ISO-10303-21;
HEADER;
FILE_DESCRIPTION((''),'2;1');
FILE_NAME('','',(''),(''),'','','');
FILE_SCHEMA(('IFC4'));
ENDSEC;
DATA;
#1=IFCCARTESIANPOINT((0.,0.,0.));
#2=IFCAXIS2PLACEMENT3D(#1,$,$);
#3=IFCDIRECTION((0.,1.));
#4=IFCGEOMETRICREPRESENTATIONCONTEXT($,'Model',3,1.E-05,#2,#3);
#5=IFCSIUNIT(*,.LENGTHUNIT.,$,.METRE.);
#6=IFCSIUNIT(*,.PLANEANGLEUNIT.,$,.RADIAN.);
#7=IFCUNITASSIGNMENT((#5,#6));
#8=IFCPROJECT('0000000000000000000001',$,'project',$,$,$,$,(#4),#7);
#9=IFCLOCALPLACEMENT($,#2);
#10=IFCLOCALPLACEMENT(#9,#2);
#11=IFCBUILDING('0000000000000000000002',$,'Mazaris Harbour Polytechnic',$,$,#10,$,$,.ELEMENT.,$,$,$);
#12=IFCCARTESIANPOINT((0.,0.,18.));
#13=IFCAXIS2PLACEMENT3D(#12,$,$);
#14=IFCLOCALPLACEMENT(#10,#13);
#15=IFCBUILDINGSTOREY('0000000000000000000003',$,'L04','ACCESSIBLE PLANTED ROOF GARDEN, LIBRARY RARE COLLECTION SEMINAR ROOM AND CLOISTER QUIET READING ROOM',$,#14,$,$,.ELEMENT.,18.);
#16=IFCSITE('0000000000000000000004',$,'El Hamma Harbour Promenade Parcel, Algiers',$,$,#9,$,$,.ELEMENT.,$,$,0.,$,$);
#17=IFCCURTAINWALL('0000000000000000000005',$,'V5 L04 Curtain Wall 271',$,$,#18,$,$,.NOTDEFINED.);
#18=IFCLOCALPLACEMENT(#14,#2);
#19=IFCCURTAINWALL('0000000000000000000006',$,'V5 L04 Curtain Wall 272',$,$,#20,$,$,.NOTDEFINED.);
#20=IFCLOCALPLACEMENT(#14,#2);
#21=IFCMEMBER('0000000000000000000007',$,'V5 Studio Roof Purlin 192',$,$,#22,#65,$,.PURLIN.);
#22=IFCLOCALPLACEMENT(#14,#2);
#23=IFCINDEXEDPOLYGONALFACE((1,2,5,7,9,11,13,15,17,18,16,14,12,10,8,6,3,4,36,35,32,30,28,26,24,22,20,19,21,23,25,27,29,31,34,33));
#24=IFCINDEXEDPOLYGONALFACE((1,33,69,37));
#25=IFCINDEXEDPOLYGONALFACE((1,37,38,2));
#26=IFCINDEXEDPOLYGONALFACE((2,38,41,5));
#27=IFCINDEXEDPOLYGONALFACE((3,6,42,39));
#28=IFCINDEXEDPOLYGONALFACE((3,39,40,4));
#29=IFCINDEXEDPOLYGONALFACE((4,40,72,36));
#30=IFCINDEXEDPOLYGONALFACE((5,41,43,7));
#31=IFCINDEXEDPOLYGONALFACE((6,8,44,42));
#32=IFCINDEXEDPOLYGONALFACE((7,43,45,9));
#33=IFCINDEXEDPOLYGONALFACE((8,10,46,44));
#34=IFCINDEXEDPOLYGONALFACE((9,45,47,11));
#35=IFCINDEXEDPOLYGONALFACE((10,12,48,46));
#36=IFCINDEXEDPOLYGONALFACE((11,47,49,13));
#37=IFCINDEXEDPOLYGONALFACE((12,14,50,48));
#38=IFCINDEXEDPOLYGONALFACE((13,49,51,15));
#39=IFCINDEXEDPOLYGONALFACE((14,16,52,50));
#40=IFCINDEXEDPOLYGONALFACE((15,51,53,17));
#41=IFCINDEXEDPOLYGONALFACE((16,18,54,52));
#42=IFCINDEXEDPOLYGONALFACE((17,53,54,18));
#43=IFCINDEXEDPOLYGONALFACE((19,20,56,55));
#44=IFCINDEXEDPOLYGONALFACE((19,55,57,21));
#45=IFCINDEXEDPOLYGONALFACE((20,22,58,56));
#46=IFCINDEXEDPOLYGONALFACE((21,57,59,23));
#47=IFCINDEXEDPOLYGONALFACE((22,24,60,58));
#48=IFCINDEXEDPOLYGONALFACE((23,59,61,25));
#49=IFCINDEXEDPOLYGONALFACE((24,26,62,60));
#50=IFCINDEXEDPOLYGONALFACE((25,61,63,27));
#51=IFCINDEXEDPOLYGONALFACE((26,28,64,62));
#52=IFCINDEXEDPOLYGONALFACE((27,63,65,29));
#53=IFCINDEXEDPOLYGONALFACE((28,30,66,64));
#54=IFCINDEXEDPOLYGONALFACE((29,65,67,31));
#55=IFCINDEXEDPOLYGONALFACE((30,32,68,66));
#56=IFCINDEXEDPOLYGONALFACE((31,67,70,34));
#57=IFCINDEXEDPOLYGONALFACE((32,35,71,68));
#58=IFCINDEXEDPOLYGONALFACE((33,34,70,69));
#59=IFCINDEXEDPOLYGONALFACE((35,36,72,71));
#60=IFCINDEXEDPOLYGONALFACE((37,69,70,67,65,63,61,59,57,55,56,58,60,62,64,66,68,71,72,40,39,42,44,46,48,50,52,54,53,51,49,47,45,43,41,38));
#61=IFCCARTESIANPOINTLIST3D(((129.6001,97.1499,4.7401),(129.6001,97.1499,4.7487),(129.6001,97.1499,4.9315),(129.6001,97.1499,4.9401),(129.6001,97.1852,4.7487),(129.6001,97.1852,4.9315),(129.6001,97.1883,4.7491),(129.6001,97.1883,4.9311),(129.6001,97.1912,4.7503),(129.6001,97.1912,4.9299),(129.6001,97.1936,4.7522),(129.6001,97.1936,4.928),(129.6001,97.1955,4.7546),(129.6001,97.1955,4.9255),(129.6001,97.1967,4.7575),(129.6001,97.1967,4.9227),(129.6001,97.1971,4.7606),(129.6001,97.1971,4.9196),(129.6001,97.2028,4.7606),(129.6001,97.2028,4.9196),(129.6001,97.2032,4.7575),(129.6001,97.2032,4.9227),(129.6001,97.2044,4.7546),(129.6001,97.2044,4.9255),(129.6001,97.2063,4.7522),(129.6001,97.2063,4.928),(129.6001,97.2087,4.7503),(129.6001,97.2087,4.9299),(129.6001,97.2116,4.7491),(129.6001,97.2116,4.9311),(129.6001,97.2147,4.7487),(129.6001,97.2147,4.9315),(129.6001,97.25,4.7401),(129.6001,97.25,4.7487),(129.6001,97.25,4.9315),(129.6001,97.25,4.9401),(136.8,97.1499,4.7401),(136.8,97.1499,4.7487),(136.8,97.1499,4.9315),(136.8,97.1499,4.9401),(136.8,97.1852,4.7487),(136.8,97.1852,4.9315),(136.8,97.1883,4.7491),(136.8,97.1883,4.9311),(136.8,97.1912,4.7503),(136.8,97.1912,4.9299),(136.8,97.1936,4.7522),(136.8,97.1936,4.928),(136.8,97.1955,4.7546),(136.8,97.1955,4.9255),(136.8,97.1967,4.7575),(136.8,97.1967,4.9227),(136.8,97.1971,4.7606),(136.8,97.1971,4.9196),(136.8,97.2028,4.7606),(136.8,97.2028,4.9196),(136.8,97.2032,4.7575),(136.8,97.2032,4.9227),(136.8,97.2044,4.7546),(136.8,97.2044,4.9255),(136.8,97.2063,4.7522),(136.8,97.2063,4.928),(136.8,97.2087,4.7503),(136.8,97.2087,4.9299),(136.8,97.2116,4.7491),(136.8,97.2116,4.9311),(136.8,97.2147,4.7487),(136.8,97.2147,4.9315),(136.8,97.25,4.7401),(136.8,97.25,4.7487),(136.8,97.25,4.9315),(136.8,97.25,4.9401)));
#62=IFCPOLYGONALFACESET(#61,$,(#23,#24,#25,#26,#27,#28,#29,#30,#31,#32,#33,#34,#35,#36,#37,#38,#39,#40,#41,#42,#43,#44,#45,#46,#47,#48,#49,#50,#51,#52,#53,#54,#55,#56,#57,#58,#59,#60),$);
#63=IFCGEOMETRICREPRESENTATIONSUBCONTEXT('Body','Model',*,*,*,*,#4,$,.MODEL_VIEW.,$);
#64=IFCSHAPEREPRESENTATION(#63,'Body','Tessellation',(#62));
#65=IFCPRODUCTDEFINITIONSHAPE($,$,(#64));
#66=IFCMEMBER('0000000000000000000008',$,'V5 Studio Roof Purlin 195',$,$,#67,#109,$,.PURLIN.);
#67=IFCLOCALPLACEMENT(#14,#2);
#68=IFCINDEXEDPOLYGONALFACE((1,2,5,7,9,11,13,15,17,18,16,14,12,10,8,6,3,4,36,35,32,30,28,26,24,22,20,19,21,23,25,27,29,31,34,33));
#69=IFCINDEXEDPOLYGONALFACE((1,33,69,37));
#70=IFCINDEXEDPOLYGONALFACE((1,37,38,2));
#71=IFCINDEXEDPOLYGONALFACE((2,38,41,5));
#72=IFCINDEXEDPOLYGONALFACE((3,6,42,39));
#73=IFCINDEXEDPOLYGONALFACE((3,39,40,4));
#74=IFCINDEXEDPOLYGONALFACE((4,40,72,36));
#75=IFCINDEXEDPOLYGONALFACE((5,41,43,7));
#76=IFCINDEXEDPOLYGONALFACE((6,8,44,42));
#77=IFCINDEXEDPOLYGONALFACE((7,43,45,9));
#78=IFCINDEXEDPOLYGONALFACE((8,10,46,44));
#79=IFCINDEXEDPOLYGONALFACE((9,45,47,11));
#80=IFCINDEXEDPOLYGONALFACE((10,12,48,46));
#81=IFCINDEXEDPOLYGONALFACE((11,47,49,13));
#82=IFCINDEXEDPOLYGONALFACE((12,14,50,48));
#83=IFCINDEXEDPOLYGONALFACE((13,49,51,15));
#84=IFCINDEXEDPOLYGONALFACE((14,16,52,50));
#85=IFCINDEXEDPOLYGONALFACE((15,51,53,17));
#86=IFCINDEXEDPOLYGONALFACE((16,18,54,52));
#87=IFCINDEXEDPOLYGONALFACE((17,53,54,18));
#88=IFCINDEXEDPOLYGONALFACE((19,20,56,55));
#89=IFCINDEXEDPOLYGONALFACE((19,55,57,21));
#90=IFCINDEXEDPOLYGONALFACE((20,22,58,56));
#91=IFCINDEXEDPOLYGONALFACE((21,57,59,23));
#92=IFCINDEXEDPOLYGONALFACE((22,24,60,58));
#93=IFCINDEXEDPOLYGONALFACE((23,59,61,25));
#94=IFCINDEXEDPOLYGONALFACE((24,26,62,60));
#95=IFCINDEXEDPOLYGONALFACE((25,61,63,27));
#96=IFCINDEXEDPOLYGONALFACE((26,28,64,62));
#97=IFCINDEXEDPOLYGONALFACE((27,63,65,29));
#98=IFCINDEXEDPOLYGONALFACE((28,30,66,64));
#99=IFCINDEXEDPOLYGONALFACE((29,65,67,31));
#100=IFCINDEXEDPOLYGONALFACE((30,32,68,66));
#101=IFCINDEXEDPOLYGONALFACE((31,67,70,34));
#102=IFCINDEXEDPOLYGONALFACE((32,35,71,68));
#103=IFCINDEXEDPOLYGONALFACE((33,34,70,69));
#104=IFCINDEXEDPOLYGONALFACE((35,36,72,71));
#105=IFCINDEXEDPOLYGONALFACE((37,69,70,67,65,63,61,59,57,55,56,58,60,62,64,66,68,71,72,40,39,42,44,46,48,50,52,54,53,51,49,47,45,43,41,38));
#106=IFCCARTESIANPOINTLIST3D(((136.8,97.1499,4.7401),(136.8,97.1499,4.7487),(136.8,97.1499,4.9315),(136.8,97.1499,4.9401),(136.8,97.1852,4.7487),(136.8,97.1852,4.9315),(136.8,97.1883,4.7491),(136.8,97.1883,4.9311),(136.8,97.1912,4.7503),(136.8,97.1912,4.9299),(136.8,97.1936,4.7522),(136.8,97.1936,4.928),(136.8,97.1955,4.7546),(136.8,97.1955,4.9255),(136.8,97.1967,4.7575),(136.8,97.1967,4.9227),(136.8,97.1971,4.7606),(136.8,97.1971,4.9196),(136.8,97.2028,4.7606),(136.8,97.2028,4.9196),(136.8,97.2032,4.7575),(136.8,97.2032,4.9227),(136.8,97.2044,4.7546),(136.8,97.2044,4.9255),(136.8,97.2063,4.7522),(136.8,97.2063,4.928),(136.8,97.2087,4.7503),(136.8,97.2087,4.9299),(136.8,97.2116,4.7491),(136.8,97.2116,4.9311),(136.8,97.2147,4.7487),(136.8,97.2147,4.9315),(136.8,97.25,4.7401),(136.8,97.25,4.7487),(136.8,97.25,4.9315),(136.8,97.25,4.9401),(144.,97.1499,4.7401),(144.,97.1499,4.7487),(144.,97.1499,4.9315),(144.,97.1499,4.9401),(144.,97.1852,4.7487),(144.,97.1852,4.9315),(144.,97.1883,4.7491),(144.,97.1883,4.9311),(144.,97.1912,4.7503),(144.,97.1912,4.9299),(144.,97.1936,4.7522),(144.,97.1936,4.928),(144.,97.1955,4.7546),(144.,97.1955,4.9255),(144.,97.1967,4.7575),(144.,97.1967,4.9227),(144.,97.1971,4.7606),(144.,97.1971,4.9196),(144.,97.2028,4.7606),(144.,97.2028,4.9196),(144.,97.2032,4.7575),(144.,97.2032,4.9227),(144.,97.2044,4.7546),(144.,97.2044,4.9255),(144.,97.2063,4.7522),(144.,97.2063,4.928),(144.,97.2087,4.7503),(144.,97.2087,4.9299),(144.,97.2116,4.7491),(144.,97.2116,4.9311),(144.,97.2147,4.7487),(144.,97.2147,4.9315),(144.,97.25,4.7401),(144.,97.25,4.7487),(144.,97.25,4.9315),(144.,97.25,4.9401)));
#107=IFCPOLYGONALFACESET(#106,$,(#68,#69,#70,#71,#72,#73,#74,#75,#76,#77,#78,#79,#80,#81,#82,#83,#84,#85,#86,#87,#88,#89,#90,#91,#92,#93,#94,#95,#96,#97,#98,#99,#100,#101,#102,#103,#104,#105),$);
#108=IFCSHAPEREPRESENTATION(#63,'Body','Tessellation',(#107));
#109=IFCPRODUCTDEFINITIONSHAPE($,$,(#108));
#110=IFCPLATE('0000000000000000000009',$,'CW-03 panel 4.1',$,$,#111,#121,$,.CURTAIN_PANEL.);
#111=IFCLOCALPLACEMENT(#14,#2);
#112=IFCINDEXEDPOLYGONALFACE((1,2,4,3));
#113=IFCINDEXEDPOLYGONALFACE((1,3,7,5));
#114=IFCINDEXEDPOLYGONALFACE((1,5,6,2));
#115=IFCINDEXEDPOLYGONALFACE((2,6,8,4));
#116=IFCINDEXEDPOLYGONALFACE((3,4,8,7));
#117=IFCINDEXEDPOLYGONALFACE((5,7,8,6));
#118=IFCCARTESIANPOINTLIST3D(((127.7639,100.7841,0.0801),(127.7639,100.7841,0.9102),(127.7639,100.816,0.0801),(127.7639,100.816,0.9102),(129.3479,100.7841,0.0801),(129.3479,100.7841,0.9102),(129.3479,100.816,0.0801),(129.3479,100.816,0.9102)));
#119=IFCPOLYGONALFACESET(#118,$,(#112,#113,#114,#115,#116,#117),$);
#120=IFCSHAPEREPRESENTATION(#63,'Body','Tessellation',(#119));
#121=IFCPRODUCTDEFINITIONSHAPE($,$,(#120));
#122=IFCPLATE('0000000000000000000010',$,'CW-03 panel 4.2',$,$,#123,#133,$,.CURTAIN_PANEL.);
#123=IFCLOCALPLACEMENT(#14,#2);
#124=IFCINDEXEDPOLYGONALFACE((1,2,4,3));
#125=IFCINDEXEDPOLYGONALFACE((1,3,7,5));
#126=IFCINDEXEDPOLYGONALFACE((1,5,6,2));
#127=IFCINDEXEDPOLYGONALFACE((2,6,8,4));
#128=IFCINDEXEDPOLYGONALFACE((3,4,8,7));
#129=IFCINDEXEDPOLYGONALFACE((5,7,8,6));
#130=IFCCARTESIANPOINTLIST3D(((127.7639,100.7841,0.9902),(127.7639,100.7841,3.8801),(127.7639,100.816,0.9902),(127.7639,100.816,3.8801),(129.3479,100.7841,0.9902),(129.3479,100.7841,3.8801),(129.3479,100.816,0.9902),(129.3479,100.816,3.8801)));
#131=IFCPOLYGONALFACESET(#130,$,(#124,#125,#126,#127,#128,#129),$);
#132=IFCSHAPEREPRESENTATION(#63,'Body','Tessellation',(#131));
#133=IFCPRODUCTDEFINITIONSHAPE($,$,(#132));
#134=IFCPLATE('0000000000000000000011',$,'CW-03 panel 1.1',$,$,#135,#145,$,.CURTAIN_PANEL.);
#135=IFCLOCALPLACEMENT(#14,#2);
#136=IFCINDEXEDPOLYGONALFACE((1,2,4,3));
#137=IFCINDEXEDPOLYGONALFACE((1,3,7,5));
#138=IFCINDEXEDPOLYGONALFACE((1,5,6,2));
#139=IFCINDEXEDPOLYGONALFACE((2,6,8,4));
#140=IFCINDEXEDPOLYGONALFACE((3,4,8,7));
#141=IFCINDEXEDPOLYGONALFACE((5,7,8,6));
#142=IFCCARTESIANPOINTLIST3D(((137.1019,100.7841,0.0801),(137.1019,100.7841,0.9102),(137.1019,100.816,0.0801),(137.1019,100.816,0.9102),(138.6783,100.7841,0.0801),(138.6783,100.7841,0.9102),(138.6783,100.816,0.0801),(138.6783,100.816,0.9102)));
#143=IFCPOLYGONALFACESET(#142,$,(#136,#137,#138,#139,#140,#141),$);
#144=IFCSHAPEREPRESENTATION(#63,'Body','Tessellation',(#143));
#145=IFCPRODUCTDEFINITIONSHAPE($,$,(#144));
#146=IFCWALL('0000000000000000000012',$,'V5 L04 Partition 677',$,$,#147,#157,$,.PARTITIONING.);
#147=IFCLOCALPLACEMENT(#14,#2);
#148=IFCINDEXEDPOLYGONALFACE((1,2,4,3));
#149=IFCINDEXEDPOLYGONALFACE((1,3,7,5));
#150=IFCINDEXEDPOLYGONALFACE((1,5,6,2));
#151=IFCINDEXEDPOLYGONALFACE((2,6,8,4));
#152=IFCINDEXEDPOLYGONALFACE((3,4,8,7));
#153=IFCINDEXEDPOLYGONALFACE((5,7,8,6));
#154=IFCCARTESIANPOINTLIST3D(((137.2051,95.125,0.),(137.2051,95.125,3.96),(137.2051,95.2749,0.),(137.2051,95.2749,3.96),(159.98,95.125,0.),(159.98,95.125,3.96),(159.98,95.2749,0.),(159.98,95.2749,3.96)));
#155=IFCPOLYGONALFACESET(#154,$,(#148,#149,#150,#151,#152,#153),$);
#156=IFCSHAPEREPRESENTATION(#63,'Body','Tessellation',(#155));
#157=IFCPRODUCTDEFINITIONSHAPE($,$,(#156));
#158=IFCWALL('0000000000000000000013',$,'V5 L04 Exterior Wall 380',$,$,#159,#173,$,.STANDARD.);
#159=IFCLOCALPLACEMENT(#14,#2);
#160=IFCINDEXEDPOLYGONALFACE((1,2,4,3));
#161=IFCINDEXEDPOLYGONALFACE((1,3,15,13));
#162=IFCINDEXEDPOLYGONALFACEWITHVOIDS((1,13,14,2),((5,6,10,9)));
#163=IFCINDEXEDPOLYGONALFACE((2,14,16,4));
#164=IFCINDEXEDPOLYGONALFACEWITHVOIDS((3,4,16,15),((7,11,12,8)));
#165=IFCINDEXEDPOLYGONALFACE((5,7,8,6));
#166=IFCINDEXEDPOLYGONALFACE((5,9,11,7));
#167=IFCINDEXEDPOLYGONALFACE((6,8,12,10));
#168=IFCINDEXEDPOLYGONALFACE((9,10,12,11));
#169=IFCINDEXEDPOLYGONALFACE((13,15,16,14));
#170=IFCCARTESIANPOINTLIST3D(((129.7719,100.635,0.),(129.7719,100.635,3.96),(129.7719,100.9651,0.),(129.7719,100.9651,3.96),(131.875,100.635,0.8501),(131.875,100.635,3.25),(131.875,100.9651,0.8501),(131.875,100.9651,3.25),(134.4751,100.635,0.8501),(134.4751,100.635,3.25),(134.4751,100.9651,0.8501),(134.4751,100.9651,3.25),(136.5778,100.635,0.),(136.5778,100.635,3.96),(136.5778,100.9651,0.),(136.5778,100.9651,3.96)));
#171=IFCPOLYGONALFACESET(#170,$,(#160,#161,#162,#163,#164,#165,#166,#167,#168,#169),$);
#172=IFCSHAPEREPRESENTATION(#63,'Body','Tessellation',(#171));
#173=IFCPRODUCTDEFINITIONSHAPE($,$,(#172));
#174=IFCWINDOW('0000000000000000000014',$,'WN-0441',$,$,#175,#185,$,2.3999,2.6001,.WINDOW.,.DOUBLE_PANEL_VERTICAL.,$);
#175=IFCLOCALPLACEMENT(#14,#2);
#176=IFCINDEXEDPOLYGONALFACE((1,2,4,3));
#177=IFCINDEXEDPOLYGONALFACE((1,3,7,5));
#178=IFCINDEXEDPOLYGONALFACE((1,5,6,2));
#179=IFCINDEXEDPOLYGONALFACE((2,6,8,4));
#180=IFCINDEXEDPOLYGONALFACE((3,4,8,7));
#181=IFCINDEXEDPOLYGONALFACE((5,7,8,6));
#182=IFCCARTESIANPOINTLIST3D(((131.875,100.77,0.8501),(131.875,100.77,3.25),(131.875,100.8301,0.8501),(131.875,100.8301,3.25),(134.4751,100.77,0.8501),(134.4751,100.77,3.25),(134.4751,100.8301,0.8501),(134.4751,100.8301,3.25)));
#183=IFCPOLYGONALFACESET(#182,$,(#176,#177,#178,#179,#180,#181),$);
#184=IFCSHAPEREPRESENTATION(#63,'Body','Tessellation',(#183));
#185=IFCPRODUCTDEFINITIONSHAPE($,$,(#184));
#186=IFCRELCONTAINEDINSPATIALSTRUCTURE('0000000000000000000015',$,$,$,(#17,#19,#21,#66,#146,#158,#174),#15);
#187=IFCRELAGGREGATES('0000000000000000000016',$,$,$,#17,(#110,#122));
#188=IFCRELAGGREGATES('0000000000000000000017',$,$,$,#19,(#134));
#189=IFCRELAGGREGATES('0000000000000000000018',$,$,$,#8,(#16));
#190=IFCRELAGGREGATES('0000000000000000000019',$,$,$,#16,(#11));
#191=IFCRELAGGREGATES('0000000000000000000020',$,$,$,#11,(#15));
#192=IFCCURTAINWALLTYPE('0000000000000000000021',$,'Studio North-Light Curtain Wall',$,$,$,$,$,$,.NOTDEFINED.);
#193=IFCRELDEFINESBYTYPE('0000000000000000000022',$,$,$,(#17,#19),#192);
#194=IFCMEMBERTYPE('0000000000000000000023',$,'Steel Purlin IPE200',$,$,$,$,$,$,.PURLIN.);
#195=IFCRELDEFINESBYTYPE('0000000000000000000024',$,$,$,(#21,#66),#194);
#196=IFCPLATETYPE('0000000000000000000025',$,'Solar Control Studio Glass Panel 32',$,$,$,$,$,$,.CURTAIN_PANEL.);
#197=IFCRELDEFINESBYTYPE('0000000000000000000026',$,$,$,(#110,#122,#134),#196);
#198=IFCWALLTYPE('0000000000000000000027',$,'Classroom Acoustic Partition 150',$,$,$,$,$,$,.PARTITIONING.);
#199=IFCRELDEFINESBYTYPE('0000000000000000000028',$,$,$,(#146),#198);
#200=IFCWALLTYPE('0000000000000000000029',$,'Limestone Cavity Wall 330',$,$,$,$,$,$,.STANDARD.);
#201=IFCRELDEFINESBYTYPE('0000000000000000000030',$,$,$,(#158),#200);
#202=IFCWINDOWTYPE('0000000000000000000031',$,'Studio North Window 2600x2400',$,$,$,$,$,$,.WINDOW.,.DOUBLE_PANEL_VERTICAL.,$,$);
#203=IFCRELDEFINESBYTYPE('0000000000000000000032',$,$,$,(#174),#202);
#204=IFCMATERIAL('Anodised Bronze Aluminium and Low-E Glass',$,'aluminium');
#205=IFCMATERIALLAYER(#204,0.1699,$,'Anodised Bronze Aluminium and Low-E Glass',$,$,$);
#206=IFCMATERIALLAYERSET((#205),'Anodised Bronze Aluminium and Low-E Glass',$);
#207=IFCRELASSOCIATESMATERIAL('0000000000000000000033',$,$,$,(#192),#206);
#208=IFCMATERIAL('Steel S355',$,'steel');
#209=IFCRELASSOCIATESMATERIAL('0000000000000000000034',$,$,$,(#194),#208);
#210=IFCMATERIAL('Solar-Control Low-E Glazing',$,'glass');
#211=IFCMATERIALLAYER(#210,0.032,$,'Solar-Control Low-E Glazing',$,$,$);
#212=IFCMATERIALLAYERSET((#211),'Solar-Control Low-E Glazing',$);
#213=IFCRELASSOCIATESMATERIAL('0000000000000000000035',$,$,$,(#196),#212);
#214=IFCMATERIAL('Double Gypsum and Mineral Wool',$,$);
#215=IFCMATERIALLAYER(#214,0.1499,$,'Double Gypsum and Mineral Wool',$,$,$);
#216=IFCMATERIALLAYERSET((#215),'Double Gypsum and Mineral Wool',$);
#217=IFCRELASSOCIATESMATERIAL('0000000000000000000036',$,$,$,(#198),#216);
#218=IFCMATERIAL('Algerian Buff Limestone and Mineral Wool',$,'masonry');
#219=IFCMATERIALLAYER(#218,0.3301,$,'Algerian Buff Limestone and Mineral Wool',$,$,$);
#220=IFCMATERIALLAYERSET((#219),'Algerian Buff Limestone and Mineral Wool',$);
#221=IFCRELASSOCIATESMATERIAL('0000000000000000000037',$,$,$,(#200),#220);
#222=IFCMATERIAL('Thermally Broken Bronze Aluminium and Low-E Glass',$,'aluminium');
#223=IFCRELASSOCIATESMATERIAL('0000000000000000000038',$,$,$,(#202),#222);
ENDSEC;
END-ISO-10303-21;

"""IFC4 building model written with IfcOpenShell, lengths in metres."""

from ifc_helpers import new_model, si_unit, direction, frame, frame_2d, origin, origin_2d, place, context, subcontext, project, spatial, rectangle, i_section, extrude, material, layer, layer_set, material_profile, profile_set, type_object, element, fill, aggregate, save


model = new_model("IFC4")

# Units and contexts
model_context = context("Model", 3, precision=1e-05, world=origin(), true_north=direction((0.0, 1.0)))
body_context = subcontext(model_context, "Body", "Model", "MODEL_VIEW")
ifc_project = project(units=[si_unit("LENGTHUNIT", "METRE"), si_unit("PLANEANGLEUNIT", "RADIAN")], contexts=[model_context])

# Site, building, storey
site_placement = place(None, origin())
site = spatial("IfcSite", under=ifc_project, at=site_placement, Name="El Hamma Harbour Promenade Parcel, Algiers", CompositionType="ELEMENT", RefElevation=0.0)
building_placement = place(site_placement, origin())
building = spatial("IfcBuilding", under=site, at=building_placement, Name="Mazaris Harbour Polytechnic", CompositionType="ELEMENT")
storey_placement = place(building_placement, frame((0.0, 0.0, 18.0)))
storey = spatial("IfcBuildingStorey", under=building, at=storey_placement, Name="L04", Description="ACCESSIBLE PLANTED ROOF GARDEN, LIBRARY RARE COLLECTION SEMINAR ROOM AND CLOISTER QUIET READING ROOM", CompositionType="ELEMENT", Elevation=18.0)

# Curtain walls
ifc_material_1 = material(Name="Anodised Bronze Aluminium and Low-E Glass", Category="aluminium")
ifc_layer_1 = layer(ifc_material_1, 0.1699, Name="Anodised Bronze Aluminium and Low-E Glass")
ifc_layer_set_1 = layer_set([ifc_layer_1], Name="Anodised Bronze Aluminium and Low-E Glass")
curtain_wall_type = type_object("IfcCurtainWallType", Name="Studio North-Light Curtain Wall", PredefinedType="NOTDEFINED", material=ifc_layer_set_1)
curtain_wall_1_placement = place(storey_placement, origin())
curtain_wall_1 = element("IfcCurtainWall", 1, at=curtain_wall_1_placement, inside=storey, type_object=curtain_wall_type, Name="V5 L04 Curtain Wall 271", PredefinedType="NOTDEFINED")
curtain_wall_2_placement = place(storey_placement, origin())
curtain_wall_2 = element("IfcCurtainWall", 2, at=curtain_wall_2_placement, inside=storey, type_object=curtain_wall_type, Name="V5 L04 Curtain Wall 272", PredefinedType="NOTDEFINED")

# Members
ifc_material_2 = material(Name="Steel S355", Category="steel")
ifc_material_profile_1 = material_profile(ifc_material_2, i_section(OverallWidth=0.1001, OverallDepth=0.2, WebThickness=0.0056, FlangeThickness=0.0085, FilletRadius=0.012, at=origin_2d()), Name="IPE 200")
ifc_profile_set_1 = profile_set([ifc_material_profile_1], Name="Steel S355")
member_type_1 = type_object("IfcMemberType", Name="Steel Purlin IPE200", PredefinedType="PURLIN", material=ifc_profile_set_1)
for number, where, z_axis, x_axis, name in (
    (3, (129.6001, 97.2, 4.8401), (1.0, 0.0, 0.0), (0.0, 1.0, 0.0), "V5 Studio Roof Purlin 192"),
    (4, (136.8, 97.2, 4.8401), (1.0, 0.0, 0.0), (0.0, 1.0, 0.0), "V5 Studio Roof Purlin 195"),
):
    element("IfcMember", number, at=place(storey_placement, frame(where, z_axis=z_axis, x_axis=x_axis)), inside=storey, type_object=member_type_1, Name=name, PredefinedType="PURLIN", context=body_context, shape_type="SweptSolid", body=[
        extrude(i_section(OverallWidth=0.1001, OverallDepth=0.2, WebThickness=0.0056, FlangeThickness=0.0085, FilletRadius=0.012, at=origin_2d()), origin(), (0.0, 0.0, 1.0), 7.2),
    ])

# Plates
ifc_material_3 = material(Name="Solar-Control Low-E Glazing", Category="glass")
ifc_layer_2 = layer(ifc_material_3, 0.032, Name="Solar-Control Low-E Glazing")
ifc_layer_set_2 = layer_set([ifc_layer_2], Name="Solar-Control Low-E Glazing")
plate_type = type_object("IfcPlateType", Name="Solar Control Studio Glass Panel 32", PredefinedType="CURTAIN_PANEL", material=ifc_layer_set_2)
plate_1_placement = place(storey_placement, frame((128.5559, 100.8, 0.0801), z_axis=(0.0, 0.0, 1.0), x_axis=(1.0, 0.0, 0.0)))
plate_1 = element("IfcPlate", 5, at=plate_1_placement, type_object=plate_type, Name="CW-03 panel 4.1", PredefinedType="CURTAIN_PANEL", context=body_context, shape_type="SweptSolid", body=[
    extrude(rectangle(XDim=1.584, YDim=0.032, at=origin_2d()), origin(), (0.0, 0.0, 1.0), 0.8301),
])
plate_2_placement = place(storey_placement, frame((128.5559, 100.8, 0.9902), z_axis=(0.0, 0.0, 1.0), x_axis=(1.0, 0.0, 0.0)))
plate_2 = element("IfcPlate", 6, at=plate_2_placement, type_object=plate_type, Name="CW-03 panel 4.2", PredefinedType="CURTAIN_PANEL", context=body_context, shape_type="SweptSolid", body=[
    extrude(rectangle(XDim=1.584, YDim=0.032, at=origin_2d()), origin(), (0.0, 0.0, 1.0), 2.8899),
])
aggregate(curtain_wall_1, [plate_1, plate_2])
plate_3_placement = place(storey_placement, frame((137.8901, 100.8, 0.0801), z_axis=(0.0, 0.0, 1.0), x_axis=(1.0, 0.0, 0.0)))
plate_3 = element("IfcPlate", 7, at=plate_3_placement, type_object=plate_type, Name="CW-03 panel 1.1", PredefinedType="CURTAIN_PANEL", context=body_context, shape_type="SweptSolid", body=[
    extrude(rectangle(XDim=1.5764, YDim=0.032, at=origin_2d()), origin(), (0.0, 0.0, 1.0), 0.8301),
])
aggregate(curtain_wall_2, [plate_3])

# Wall
ifc_material_4 = material(Name="Double Gypsum and Mineral Wool")
ifc_layer_3 = layer(ifc_material_4, 0.1499, Name="Double Gypsum and Mineral Wool")
ifc_layer_set_3 = layer_set([ifc_layer_3], Name="Double Gypsum and Mineral Wool")
wall_type_1 = type_object("IfcWallType", Name="Classroom Acoustic Partition 150", PredefinedType="PARTITIONING", material=ifc_layer_set_3)
wall_1_placement = place(storey_placement, frame((137.2051, 95.2, 0.0), z_axis=(0.0, 0.0, 1.0), x_axis=(1.0, 0.0, 0.0)))
element("IfcWall", 8, at=wall_1_placement, inside=storey, type_object=wall_type_1, Name="V5 L04 Partition 677", PredefinedType="PARTITIONING", context=body_context, shape_type="SweptSolid", body=[
    extrude(rectangle(XDim=22.7749, YDim=0.1499, at=frame_2d((11.3875, 0.0))), origin(), (0.0, 0.0, 1.0), 3.96),
])

# Wall, opening, window
ifc_material_5 = material(Name="Algerian Buff Limestone and Mineral Wool", Category="masonry")
ifc_layer_4 = layer(ifc_material_5, 0.3301, Name="Algerian Buff Limestone and Mineral Wool")
ifc_layer_set_4 = layer_set([ifc_layer_4], Name="Algerian Buff Limestone and Mineral Wool")
wall_type_2 = type_object("IfcWallType", Name="Limestone Cavity Wall 330", PredefinedType="STANDARD", material=ifc_layer_set_4)
wall_2_placement = place(storey_placement, frame((129.772, 100.8, 0.0), z_axis=(0.0, 0.0, 1.0), x_axis=(1.0, 0.0, 0.0)))
wall_2 = element("IfcWall", 9, at=wall_2_placement, inside=storey, type_object=wall_type_2, Name="V5 L04 Exterior Wall 380", PredefinedType="STANDARD", context=body_context, shape_type="SweptSolid", body=[
    extrude(rectangle(XDim=6.8059, YDim=0.3301, at=frame_2d((3.4028, 0.0))), origin(), (0.0, 0.0, 1.0), 3.96),
])
opening_1_placement = place(wall_2_placement, frame((2.103, 0.0, 0.8501)))
opening_1 = element("IfcOpeningElement", 10, at=opening_1_placement, cuts=wall_2, PredefinedType="OPENING", context=body_context, shape_type="SweptSolid", body=[
    extrude(rectangle(XDim=2.6001, YDim=2.3999, at=frame_2d((1.3, 1.2))), frame((0.0, 0.175, 0.0), z_axis=(0.0, -1.0, 0.0), x_axis=(1.0, 0.0, 0.0)), (0.0, 0.0, 1.0), 0.3501),
])
ifc_material_6 = material(Name="Thermally Broken Bronze Aluminium and Low-E Glass", Category="aluminium")
window_type = type_object("IfcWindowType", Name="Studio North Window 2600x2400", PartitioningType="DOUBLE_PANEL_VERTICAL", PredefinedType="WINDOW", material=ifc_material_6)
window_placement = place(opening_1_placement, origin())
window = element("IfcWindow", 11, at=window_placement, inside=storey, type_object=window_type, Name="WN-0441", OverallHeight=2.3999, OverallWidth=2.6001, PartitioningType="DOUBLE_PANEL_VERTICAL", PredefinedType="WINDOW", context=body_context, shape_type="SweptSolid", body=[
    extrude(rectangle(XDim=2.6001, YDim=2.3999, at=frame_2d((1.3, 1.2))), frame((0.0, 0.03, 0.0), z_axis=(0.0, -1.0, 0.0), x_axis=(1.0, 0.0, 0.0)), (0.0, 0.0, 1.0), 0.0601),
])
fill(opening_1, window)

save(model, "model.ifc")
